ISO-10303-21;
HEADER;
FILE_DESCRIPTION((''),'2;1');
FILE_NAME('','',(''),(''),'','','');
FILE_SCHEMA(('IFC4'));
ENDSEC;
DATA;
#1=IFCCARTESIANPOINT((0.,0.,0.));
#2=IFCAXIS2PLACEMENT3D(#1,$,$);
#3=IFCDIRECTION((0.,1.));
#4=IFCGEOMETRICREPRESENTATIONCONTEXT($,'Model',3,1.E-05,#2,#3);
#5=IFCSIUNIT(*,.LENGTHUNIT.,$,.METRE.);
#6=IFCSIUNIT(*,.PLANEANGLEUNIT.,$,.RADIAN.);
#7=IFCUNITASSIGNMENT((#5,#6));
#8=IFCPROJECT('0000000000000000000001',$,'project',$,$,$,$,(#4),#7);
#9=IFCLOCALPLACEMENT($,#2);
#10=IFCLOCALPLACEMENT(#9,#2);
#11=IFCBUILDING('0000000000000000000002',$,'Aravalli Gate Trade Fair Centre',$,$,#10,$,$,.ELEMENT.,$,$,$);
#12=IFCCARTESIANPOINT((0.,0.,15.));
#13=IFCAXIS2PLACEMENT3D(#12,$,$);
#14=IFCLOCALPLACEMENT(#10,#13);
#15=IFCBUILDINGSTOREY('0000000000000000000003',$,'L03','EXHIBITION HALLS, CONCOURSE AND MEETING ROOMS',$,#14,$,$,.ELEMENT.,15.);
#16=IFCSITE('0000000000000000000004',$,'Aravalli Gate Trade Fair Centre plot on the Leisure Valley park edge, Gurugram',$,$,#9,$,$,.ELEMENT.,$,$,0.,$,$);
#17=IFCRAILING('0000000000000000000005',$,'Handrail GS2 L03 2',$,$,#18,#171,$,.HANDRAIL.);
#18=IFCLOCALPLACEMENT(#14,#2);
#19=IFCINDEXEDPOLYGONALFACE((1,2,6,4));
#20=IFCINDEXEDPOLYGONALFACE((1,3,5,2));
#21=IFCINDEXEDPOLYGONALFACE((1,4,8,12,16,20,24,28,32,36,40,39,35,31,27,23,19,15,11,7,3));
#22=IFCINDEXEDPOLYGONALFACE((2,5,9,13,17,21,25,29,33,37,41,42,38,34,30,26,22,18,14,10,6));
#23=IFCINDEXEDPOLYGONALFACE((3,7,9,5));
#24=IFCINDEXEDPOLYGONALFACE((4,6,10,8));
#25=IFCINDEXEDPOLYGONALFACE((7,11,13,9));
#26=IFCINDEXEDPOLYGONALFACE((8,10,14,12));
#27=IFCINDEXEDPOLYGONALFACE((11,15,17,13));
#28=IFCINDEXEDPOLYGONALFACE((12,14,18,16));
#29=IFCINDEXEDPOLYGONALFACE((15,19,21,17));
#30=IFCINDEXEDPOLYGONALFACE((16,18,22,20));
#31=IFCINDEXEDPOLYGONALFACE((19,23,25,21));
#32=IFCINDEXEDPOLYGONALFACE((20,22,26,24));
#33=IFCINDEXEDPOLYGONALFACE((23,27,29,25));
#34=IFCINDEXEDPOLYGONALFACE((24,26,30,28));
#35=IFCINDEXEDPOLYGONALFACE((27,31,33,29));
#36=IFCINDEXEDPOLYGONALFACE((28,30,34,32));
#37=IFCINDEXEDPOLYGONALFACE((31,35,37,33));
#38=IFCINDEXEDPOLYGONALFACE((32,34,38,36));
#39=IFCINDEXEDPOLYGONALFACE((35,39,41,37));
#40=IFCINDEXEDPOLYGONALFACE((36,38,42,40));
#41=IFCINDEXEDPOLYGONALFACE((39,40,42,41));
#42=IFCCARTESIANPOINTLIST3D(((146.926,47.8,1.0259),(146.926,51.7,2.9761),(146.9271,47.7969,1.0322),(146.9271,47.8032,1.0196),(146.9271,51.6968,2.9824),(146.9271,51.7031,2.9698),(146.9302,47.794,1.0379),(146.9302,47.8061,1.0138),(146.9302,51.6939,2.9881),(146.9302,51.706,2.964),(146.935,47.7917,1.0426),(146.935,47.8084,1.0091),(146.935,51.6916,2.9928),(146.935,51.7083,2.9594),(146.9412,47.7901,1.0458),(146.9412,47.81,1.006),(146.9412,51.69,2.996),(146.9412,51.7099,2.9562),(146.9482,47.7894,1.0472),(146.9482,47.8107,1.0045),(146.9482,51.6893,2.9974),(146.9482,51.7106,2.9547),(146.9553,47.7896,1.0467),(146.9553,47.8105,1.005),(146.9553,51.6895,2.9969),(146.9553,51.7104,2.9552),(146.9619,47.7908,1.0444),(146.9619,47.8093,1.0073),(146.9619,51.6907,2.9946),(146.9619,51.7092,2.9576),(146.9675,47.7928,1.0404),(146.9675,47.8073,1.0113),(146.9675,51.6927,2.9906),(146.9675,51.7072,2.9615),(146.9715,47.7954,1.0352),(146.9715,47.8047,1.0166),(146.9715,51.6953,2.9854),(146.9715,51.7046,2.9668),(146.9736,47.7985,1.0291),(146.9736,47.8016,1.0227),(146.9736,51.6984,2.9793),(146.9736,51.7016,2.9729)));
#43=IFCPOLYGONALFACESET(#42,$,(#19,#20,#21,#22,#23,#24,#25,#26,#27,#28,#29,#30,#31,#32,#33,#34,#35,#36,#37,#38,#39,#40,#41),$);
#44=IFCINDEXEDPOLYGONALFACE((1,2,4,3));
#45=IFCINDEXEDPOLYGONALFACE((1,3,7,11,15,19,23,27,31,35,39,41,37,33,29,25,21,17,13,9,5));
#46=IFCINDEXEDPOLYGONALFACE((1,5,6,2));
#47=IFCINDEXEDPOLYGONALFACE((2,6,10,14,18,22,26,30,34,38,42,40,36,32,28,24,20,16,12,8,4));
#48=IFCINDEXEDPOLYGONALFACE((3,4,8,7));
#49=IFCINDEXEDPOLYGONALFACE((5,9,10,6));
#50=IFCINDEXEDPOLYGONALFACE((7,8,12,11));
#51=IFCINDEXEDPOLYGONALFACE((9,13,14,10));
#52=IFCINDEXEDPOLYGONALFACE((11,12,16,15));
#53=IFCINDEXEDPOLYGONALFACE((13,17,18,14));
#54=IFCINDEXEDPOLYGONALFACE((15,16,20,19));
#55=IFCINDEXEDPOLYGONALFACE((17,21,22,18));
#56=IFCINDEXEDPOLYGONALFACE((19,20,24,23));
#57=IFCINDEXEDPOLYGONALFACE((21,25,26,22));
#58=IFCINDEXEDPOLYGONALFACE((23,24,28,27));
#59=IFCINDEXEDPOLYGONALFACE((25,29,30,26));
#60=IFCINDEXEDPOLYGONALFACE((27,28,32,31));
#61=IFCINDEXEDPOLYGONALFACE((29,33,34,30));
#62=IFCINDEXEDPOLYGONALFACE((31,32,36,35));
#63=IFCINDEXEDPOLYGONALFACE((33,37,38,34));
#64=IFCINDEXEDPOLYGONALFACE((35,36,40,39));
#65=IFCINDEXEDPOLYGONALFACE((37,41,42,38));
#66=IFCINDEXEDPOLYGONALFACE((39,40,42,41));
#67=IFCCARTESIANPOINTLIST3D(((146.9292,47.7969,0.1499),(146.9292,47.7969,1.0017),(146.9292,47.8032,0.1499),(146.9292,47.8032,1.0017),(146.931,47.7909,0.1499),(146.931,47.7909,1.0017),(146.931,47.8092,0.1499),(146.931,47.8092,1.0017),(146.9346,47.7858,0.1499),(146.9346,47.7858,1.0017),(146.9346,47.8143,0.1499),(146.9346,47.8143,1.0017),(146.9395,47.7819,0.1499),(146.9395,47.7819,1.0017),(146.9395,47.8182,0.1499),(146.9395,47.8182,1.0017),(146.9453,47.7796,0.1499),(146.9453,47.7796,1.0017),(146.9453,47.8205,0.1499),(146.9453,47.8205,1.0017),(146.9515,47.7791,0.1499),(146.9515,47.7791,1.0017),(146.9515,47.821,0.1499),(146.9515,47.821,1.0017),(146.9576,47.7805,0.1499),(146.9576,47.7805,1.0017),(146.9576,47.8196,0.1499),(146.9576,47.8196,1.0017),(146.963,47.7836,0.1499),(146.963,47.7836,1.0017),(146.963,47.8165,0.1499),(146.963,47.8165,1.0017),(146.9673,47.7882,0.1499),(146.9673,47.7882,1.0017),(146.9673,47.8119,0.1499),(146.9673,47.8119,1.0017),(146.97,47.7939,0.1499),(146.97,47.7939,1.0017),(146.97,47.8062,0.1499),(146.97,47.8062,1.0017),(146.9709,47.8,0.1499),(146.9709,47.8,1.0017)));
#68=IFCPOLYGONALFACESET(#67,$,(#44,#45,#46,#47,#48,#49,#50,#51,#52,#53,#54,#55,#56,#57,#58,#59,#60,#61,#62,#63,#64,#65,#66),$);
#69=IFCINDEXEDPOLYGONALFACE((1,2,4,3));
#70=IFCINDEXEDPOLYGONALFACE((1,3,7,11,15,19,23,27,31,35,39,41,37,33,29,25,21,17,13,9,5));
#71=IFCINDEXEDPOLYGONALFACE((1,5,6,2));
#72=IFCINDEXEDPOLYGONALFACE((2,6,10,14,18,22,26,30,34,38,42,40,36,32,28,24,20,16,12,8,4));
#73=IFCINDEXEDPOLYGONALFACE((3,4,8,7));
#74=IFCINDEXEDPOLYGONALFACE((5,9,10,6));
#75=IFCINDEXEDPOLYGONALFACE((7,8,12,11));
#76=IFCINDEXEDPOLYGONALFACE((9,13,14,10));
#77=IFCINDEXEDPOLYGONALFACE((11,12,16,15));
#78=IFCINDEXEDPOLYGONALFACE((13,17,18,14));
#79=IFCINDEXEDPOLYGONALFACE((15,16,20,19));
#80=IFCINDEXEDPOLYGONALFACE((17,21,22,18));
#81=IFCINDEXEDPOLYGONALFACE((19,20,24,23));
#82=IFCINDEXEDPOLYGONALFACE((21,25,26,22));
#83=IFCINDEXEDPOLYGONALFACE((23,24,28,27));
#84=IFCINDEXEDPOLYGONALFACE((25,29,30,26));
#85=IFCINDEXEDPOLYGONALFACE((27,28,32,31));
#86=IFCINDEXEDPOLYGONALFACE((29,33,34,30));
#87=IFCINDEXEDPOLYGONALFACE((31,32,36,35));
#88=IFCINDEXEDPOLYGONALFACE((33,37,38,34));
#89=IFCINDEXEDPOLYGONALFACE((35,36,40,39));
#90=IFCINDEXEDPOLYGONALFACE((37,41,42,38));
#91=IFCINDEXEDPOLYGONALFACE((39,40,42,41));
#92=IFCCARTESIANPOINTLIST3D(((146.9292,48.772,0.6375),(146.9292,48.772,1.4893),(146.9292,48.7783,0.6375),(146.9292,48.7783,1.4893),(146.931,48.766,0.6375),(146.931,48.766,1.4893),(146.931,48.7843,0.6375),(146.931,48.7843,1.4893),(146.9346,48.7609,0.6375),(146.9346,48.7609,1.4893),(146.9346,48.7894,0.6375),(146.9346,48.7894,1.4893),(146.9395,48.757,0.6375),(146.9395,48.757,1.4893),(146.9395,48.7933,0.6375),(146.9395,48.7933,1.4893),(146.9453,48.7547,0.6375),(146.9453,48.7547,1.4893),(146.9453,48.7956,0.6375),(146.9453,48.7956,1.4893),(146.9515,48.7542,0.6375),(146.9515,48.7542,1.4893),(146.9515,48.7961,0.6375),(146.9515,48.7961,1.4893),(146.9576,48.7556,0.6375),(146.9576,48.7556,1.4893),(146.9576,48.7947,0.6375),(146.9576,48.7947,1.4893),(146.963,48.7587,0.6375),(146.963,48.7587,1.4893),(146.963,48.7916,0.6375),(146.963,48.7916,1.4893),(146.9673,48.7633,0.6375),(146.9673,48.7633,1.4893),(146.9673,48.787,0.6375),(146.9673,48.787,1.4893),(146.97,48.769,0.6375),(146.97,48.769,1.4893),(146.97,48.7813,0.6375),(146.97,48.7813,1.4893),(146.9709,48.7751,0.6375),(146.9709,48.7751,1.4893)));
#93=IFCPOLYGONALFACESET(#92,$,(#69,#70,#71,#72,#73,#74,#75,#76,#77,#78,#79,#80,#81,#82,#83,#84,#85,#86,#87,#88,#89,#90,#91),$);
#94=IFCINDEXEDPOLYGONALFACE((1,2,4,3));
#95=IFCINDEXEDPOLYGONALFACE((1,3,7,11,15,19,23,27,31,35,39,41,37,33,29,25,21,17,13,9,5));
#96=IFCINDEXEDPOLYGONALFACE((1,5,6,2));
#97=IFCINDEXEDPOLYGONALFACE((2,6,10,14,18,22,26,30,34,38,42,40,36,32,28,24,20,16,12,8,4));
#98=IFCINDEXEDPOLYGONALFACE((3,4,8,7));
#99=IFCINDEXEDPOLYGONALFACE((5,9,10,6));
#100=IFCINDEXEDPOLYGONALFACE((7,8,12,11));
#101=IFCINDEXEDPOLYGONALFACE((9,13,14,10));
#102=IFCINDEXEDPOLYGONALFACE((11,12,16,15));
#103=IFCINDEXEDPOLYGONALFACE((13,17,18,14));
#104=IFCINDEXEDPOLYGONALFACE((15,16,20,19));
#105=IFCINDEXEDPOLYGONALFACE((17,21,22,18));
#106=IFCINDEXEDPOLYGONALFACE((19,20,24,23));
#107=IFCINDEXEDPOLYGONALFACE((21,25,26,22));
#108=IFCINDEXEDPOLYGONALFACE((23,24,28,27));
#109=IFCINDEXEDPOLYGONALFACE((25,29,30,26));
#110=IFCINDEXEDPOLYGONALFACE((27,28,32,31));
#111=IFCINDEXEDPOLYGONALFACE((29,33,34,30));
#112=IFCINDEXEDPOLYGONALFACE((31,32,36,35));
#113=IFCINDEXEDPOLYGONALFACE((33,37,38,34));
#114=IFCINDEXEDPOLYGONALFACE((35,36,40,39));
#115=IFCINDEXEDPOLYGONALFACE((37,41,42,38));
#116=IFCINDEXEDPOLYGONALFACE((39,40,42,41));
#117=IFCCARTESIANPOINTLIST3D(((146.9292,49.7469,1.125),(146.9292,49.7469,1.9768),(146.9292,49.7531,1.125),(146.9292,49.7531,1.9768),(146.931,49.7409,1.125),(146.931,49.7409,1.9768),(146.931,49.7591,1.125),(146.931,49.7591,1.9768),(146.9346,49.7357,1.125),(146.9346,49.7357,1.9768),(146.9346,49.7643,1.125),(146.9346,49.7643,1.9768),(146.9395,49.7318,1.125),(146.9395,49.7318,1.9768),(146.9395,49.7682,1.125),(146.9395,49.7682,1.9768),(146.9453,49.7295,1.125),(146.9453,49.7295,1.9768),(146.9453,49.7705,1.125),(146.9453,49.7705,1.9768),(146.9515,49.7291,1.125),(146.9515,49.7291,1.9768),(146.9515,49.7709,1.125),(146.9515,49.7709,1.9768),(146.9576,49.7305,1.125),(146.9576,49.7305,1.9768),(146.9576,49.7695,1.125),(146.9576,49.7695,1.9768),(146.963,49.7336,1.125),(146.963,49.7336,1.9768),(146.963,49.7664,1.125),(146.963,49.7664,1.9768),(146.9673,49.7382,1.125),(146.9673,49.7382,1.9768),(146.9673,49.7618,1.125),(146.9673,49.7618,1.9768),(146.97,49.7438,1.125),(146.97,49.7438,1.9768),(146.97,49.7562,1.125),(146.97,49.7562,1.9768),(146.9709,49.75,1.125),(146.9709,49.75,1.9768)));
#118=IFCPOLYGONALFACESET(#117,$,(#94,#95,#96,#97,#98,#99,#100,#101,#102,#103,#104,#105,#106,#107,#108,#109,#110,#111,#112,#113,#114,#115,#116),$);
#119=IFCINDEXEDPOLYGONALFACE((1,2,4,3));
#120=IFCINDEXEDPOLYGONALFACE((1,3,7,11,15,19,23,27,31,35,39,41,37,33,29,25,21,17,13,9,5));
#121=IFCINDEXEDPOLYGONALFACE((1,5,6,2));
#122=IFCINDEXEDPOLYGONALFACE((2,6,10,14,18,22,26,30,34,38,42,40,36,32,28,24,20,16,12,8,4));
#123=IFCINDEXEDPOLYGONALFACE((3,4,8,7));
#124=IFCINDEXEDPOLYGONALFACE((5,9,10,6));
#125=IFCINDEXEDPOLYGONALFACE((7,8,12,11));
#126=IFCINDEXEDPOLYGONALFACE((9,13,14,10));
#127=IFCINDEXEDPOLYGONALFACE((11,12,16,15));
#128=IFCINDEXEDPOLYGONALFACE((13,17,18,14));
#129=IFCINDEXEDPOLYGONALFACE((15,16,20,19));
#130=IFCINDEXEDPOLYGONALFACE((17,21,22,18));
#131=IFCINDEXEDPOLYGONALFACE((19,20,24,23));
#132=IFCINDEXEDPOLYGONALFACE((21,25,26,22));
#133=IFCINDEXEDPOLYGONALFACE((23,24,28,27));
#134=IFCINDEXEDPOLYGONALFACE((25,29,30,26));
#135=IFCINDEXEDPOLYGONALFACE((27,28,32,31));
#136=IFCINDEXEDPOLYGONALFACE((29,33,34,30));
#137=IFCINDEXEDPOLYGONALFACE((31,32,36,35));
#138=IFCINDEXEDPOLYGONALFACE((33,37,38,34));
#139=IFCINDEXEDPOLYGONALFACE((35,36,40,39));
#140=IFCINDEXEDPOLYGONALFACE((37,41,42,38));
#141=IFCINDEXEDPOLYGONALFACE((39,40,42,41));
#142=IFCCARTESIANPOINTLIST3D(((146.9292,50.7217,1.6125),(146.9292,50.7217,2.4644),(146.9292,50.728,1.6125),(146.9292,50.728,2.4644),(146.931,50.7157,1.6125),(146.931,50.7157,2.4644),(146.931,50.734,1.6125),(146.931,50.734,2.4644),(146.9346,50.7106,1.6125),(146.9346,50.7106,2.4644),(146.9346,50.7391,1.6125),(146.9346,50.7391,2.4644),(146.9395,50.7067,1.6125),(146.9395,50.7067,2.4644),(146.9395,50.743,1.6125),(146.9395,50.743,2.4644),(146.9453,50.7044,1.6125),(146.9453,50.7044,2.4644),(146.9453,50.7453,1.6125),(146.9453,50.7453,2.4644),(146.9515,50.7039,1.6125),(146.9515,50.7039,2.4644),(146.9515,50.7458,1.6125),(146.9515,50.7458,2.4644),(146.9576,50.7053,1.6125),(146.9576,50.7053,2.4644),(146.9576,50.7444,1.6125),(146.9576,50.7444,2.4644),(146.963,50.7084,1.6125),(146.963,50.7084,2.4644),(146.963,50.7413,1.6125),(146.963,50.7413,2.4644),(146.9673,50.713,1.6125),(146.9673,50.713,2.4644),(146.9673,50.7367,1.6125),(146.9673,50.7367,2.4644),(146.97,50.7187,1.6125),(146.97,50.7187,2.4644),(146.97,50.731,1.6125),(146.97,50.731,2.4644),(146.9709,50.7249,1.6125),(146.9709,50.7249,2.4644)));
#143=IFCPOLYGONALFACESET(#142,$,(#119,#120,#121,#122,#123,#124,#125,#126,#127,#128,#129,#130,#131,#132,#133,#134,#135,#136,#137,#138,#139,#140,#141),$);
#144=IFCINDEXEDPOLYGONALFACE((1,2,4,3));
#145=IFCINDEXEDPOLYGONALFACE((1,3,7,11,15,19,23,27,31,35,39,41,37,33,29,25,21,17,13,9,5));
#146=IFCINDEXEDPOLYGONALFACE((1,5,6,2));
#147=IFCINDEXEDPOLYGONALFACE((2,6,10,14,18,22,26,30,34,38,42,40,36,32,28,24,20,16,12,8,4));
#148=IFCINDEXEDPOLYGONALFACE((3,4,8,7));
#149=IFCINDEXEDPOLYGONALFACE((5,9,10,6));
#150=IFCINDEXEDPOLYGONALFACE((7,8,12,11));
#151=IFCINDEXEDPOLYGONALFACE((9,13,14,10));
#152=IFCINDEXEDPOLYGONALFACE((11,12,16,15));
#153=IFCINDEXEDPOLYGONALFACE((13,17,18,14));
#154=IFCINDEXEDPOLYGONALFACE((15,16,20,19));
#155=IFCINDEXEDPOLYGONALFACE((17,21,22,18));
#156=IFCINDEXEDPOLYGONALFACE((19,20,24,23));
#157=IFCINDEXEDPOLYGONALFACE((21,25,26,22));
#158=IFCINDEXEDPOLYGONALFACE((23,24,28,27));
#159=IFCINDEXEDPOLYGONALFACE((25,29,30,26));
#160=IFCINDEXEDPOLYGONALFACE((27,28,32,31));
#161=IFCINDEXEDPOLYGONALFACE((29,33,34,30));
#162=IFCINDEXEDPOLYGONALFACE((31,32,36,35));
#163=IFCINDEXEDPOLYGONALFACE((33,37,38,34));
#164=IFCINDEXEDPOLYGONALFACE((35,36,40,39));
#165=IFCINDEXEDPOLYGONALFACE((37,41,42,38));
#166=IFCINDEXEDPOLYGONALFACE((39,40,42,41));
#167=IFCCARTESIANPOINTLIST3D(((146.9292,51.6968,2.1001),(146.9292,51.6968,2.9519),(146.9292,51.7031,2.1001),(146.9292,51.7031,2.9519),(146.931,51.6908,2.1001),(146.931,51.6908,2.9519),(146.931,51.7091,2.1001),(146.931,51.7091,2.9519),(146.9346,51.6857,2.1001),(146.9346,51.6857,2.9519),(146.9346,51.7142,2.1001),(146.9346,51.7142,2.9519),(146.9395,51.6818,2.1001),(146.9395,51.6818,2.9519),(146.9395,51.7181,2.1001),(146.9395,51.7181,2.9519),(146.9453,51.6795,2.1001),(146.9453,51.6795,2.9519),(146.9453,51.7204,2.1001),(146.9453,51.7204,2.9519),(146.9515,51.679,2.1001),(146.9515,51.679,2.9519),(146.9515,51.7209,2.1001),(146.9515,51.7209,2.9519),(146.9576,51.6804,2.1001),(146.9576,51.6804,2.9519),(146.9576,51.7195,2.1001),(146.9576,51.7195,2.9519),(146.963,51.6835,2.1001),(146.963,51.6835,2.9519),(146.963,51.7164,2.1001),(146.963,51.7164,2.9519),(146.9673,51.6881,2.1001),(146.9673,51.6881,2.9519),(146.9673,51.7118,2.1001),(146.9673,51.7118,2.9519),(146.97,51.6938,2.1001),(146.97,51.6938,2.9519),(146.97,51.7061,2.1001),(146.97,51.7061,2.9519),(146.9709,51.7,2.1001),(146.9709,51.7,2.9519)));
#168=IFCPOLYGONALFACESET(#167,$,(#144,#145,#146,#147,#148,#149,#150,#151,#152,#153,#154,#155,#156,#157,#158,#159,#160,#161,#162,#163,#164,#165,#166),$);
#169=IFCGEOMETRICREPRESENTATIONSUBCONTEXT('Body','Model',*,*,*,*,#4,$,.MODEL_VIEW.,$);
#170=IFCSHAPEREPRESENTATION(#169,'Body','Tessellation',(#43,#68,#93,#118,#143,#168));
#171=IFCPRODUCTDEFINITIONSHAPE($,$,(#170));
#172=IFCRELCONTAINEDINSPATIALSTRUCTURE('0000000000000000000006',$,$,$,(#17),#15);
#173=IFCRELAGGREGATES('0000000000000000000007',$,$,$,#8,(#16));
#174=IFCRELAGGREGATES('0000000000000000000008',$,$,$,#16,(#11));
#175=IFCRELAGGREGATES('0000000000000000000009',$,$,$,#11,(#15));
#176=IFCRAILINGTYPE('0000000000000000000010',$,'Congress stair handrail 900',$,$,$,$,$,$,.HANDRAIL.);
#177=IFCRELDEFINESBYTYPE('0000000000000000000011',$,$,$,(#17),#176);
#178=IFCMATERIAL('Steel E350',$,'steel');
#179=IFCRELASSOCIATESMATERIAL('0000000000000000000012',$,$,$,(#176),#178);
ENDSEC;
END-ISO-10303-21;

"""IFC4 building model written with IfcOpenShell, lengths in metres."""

from ifc_helpers import new_model, si_unit, direction, frame, origin, origin_2d, place, context, subcontext, project, spatial, circle, extrude, material, type_object, element, save


model = new_model("IFC4")

# Units and contexts
model_context = context("Model", 3, precision=1e-05, world=origin(), true_north=direction((0.0, 1.0)))
body_context = subcontext(model_context, "Body", "Model", "MODEL_VIEW")
ifc_project = project(units=[si_unit("LENGTHUNIT", "METRE"), si_unit("PLANEANGLEUNIT", "RADIAN")], contexts=[model_context])

# Site, building, storey
site_placement = place(None, origin())
site = spatial("IfcSite", under=ifc_project, at=site_placement, Name="Aravalli Gate Trade Fair Centre plot on the Leisure Valley park edge, Gurugram", CompositionType="ELEMENT", RefElevation=0.0)
building_placement = place(site_placement, origin())
building = spatial("IfcBuilding", under=site, at=building_placement, Name="Aravalli Gate Trade Fair Centre", CompositionType="ELEMENT")
storey_placement = place(building_placement, frame((0.0, 0.0, 15.0)))
storey = spatial("IfcBuildingStorey", under=building, at=storey_placement, Name="L03", Description="EXHIBITION HALLS, CONCOURSE AND MEETING ROOMS", CompositionType="ELEMENT", Elevation=15.0)

# Railing
ifc_material_1 = material(Name="Steel E350", Category="steel")
railing_type_1 = type_object("IfcRailingType", Name="Congress stair handrail 900", PredefinedType="HANDRAIL", material=ifc_material_1)
railing_1_placement = place(storey_placement, frame((146.95, 47.8, 0.1499)))
element("IfcRailing", 1, at=railing_1_placement, inside=storey, type_object=railing_type_1, Name="Handrail GS2 L03 2", PredefinedType="HANDRAIL", context=body_context, shape_type="SweptSolid", body=[
    extrude(circle(Radius=0.0239, at=origin_2d()), frame((0.0, 0.0, 0.876), z_axis=(0.0, 0.894405, 0.447258), x_axis=(-1.0, 0.0, 0.0)), (0.0, 0.0, 1.0), 4.3604),
    extrude(circle(Radius=0.021, at=origin_2d()), origin(), (0.0, 0.0, 1.0), 0.8518),
    extrude(circle(Radius=0.021, at=origin_2d()), frame((0.0, 0.9751, 0.4875)), (0.0, 0.0, 1.0), 0.8518),
    extrude(circle(Radius=0.021, at=origin_2d()), frame((0.0, 1.95, 0.9751)), (0.0, 0.0, 1.0), 0.8518),
    extrude(circle(Radius=0.021, at=origin_2d()), frame((0.0, 2.9248, 1.4626)), (0.0, 0.0, 1.0), 0.8518),
    extrude(circle(Radius=0.021, at=origin_2d()), frame((0.0, 3.8999, 1.9502)), (0.0, 0.0, 1.0), 0.8518),
])

save(model, "model.ifc")
